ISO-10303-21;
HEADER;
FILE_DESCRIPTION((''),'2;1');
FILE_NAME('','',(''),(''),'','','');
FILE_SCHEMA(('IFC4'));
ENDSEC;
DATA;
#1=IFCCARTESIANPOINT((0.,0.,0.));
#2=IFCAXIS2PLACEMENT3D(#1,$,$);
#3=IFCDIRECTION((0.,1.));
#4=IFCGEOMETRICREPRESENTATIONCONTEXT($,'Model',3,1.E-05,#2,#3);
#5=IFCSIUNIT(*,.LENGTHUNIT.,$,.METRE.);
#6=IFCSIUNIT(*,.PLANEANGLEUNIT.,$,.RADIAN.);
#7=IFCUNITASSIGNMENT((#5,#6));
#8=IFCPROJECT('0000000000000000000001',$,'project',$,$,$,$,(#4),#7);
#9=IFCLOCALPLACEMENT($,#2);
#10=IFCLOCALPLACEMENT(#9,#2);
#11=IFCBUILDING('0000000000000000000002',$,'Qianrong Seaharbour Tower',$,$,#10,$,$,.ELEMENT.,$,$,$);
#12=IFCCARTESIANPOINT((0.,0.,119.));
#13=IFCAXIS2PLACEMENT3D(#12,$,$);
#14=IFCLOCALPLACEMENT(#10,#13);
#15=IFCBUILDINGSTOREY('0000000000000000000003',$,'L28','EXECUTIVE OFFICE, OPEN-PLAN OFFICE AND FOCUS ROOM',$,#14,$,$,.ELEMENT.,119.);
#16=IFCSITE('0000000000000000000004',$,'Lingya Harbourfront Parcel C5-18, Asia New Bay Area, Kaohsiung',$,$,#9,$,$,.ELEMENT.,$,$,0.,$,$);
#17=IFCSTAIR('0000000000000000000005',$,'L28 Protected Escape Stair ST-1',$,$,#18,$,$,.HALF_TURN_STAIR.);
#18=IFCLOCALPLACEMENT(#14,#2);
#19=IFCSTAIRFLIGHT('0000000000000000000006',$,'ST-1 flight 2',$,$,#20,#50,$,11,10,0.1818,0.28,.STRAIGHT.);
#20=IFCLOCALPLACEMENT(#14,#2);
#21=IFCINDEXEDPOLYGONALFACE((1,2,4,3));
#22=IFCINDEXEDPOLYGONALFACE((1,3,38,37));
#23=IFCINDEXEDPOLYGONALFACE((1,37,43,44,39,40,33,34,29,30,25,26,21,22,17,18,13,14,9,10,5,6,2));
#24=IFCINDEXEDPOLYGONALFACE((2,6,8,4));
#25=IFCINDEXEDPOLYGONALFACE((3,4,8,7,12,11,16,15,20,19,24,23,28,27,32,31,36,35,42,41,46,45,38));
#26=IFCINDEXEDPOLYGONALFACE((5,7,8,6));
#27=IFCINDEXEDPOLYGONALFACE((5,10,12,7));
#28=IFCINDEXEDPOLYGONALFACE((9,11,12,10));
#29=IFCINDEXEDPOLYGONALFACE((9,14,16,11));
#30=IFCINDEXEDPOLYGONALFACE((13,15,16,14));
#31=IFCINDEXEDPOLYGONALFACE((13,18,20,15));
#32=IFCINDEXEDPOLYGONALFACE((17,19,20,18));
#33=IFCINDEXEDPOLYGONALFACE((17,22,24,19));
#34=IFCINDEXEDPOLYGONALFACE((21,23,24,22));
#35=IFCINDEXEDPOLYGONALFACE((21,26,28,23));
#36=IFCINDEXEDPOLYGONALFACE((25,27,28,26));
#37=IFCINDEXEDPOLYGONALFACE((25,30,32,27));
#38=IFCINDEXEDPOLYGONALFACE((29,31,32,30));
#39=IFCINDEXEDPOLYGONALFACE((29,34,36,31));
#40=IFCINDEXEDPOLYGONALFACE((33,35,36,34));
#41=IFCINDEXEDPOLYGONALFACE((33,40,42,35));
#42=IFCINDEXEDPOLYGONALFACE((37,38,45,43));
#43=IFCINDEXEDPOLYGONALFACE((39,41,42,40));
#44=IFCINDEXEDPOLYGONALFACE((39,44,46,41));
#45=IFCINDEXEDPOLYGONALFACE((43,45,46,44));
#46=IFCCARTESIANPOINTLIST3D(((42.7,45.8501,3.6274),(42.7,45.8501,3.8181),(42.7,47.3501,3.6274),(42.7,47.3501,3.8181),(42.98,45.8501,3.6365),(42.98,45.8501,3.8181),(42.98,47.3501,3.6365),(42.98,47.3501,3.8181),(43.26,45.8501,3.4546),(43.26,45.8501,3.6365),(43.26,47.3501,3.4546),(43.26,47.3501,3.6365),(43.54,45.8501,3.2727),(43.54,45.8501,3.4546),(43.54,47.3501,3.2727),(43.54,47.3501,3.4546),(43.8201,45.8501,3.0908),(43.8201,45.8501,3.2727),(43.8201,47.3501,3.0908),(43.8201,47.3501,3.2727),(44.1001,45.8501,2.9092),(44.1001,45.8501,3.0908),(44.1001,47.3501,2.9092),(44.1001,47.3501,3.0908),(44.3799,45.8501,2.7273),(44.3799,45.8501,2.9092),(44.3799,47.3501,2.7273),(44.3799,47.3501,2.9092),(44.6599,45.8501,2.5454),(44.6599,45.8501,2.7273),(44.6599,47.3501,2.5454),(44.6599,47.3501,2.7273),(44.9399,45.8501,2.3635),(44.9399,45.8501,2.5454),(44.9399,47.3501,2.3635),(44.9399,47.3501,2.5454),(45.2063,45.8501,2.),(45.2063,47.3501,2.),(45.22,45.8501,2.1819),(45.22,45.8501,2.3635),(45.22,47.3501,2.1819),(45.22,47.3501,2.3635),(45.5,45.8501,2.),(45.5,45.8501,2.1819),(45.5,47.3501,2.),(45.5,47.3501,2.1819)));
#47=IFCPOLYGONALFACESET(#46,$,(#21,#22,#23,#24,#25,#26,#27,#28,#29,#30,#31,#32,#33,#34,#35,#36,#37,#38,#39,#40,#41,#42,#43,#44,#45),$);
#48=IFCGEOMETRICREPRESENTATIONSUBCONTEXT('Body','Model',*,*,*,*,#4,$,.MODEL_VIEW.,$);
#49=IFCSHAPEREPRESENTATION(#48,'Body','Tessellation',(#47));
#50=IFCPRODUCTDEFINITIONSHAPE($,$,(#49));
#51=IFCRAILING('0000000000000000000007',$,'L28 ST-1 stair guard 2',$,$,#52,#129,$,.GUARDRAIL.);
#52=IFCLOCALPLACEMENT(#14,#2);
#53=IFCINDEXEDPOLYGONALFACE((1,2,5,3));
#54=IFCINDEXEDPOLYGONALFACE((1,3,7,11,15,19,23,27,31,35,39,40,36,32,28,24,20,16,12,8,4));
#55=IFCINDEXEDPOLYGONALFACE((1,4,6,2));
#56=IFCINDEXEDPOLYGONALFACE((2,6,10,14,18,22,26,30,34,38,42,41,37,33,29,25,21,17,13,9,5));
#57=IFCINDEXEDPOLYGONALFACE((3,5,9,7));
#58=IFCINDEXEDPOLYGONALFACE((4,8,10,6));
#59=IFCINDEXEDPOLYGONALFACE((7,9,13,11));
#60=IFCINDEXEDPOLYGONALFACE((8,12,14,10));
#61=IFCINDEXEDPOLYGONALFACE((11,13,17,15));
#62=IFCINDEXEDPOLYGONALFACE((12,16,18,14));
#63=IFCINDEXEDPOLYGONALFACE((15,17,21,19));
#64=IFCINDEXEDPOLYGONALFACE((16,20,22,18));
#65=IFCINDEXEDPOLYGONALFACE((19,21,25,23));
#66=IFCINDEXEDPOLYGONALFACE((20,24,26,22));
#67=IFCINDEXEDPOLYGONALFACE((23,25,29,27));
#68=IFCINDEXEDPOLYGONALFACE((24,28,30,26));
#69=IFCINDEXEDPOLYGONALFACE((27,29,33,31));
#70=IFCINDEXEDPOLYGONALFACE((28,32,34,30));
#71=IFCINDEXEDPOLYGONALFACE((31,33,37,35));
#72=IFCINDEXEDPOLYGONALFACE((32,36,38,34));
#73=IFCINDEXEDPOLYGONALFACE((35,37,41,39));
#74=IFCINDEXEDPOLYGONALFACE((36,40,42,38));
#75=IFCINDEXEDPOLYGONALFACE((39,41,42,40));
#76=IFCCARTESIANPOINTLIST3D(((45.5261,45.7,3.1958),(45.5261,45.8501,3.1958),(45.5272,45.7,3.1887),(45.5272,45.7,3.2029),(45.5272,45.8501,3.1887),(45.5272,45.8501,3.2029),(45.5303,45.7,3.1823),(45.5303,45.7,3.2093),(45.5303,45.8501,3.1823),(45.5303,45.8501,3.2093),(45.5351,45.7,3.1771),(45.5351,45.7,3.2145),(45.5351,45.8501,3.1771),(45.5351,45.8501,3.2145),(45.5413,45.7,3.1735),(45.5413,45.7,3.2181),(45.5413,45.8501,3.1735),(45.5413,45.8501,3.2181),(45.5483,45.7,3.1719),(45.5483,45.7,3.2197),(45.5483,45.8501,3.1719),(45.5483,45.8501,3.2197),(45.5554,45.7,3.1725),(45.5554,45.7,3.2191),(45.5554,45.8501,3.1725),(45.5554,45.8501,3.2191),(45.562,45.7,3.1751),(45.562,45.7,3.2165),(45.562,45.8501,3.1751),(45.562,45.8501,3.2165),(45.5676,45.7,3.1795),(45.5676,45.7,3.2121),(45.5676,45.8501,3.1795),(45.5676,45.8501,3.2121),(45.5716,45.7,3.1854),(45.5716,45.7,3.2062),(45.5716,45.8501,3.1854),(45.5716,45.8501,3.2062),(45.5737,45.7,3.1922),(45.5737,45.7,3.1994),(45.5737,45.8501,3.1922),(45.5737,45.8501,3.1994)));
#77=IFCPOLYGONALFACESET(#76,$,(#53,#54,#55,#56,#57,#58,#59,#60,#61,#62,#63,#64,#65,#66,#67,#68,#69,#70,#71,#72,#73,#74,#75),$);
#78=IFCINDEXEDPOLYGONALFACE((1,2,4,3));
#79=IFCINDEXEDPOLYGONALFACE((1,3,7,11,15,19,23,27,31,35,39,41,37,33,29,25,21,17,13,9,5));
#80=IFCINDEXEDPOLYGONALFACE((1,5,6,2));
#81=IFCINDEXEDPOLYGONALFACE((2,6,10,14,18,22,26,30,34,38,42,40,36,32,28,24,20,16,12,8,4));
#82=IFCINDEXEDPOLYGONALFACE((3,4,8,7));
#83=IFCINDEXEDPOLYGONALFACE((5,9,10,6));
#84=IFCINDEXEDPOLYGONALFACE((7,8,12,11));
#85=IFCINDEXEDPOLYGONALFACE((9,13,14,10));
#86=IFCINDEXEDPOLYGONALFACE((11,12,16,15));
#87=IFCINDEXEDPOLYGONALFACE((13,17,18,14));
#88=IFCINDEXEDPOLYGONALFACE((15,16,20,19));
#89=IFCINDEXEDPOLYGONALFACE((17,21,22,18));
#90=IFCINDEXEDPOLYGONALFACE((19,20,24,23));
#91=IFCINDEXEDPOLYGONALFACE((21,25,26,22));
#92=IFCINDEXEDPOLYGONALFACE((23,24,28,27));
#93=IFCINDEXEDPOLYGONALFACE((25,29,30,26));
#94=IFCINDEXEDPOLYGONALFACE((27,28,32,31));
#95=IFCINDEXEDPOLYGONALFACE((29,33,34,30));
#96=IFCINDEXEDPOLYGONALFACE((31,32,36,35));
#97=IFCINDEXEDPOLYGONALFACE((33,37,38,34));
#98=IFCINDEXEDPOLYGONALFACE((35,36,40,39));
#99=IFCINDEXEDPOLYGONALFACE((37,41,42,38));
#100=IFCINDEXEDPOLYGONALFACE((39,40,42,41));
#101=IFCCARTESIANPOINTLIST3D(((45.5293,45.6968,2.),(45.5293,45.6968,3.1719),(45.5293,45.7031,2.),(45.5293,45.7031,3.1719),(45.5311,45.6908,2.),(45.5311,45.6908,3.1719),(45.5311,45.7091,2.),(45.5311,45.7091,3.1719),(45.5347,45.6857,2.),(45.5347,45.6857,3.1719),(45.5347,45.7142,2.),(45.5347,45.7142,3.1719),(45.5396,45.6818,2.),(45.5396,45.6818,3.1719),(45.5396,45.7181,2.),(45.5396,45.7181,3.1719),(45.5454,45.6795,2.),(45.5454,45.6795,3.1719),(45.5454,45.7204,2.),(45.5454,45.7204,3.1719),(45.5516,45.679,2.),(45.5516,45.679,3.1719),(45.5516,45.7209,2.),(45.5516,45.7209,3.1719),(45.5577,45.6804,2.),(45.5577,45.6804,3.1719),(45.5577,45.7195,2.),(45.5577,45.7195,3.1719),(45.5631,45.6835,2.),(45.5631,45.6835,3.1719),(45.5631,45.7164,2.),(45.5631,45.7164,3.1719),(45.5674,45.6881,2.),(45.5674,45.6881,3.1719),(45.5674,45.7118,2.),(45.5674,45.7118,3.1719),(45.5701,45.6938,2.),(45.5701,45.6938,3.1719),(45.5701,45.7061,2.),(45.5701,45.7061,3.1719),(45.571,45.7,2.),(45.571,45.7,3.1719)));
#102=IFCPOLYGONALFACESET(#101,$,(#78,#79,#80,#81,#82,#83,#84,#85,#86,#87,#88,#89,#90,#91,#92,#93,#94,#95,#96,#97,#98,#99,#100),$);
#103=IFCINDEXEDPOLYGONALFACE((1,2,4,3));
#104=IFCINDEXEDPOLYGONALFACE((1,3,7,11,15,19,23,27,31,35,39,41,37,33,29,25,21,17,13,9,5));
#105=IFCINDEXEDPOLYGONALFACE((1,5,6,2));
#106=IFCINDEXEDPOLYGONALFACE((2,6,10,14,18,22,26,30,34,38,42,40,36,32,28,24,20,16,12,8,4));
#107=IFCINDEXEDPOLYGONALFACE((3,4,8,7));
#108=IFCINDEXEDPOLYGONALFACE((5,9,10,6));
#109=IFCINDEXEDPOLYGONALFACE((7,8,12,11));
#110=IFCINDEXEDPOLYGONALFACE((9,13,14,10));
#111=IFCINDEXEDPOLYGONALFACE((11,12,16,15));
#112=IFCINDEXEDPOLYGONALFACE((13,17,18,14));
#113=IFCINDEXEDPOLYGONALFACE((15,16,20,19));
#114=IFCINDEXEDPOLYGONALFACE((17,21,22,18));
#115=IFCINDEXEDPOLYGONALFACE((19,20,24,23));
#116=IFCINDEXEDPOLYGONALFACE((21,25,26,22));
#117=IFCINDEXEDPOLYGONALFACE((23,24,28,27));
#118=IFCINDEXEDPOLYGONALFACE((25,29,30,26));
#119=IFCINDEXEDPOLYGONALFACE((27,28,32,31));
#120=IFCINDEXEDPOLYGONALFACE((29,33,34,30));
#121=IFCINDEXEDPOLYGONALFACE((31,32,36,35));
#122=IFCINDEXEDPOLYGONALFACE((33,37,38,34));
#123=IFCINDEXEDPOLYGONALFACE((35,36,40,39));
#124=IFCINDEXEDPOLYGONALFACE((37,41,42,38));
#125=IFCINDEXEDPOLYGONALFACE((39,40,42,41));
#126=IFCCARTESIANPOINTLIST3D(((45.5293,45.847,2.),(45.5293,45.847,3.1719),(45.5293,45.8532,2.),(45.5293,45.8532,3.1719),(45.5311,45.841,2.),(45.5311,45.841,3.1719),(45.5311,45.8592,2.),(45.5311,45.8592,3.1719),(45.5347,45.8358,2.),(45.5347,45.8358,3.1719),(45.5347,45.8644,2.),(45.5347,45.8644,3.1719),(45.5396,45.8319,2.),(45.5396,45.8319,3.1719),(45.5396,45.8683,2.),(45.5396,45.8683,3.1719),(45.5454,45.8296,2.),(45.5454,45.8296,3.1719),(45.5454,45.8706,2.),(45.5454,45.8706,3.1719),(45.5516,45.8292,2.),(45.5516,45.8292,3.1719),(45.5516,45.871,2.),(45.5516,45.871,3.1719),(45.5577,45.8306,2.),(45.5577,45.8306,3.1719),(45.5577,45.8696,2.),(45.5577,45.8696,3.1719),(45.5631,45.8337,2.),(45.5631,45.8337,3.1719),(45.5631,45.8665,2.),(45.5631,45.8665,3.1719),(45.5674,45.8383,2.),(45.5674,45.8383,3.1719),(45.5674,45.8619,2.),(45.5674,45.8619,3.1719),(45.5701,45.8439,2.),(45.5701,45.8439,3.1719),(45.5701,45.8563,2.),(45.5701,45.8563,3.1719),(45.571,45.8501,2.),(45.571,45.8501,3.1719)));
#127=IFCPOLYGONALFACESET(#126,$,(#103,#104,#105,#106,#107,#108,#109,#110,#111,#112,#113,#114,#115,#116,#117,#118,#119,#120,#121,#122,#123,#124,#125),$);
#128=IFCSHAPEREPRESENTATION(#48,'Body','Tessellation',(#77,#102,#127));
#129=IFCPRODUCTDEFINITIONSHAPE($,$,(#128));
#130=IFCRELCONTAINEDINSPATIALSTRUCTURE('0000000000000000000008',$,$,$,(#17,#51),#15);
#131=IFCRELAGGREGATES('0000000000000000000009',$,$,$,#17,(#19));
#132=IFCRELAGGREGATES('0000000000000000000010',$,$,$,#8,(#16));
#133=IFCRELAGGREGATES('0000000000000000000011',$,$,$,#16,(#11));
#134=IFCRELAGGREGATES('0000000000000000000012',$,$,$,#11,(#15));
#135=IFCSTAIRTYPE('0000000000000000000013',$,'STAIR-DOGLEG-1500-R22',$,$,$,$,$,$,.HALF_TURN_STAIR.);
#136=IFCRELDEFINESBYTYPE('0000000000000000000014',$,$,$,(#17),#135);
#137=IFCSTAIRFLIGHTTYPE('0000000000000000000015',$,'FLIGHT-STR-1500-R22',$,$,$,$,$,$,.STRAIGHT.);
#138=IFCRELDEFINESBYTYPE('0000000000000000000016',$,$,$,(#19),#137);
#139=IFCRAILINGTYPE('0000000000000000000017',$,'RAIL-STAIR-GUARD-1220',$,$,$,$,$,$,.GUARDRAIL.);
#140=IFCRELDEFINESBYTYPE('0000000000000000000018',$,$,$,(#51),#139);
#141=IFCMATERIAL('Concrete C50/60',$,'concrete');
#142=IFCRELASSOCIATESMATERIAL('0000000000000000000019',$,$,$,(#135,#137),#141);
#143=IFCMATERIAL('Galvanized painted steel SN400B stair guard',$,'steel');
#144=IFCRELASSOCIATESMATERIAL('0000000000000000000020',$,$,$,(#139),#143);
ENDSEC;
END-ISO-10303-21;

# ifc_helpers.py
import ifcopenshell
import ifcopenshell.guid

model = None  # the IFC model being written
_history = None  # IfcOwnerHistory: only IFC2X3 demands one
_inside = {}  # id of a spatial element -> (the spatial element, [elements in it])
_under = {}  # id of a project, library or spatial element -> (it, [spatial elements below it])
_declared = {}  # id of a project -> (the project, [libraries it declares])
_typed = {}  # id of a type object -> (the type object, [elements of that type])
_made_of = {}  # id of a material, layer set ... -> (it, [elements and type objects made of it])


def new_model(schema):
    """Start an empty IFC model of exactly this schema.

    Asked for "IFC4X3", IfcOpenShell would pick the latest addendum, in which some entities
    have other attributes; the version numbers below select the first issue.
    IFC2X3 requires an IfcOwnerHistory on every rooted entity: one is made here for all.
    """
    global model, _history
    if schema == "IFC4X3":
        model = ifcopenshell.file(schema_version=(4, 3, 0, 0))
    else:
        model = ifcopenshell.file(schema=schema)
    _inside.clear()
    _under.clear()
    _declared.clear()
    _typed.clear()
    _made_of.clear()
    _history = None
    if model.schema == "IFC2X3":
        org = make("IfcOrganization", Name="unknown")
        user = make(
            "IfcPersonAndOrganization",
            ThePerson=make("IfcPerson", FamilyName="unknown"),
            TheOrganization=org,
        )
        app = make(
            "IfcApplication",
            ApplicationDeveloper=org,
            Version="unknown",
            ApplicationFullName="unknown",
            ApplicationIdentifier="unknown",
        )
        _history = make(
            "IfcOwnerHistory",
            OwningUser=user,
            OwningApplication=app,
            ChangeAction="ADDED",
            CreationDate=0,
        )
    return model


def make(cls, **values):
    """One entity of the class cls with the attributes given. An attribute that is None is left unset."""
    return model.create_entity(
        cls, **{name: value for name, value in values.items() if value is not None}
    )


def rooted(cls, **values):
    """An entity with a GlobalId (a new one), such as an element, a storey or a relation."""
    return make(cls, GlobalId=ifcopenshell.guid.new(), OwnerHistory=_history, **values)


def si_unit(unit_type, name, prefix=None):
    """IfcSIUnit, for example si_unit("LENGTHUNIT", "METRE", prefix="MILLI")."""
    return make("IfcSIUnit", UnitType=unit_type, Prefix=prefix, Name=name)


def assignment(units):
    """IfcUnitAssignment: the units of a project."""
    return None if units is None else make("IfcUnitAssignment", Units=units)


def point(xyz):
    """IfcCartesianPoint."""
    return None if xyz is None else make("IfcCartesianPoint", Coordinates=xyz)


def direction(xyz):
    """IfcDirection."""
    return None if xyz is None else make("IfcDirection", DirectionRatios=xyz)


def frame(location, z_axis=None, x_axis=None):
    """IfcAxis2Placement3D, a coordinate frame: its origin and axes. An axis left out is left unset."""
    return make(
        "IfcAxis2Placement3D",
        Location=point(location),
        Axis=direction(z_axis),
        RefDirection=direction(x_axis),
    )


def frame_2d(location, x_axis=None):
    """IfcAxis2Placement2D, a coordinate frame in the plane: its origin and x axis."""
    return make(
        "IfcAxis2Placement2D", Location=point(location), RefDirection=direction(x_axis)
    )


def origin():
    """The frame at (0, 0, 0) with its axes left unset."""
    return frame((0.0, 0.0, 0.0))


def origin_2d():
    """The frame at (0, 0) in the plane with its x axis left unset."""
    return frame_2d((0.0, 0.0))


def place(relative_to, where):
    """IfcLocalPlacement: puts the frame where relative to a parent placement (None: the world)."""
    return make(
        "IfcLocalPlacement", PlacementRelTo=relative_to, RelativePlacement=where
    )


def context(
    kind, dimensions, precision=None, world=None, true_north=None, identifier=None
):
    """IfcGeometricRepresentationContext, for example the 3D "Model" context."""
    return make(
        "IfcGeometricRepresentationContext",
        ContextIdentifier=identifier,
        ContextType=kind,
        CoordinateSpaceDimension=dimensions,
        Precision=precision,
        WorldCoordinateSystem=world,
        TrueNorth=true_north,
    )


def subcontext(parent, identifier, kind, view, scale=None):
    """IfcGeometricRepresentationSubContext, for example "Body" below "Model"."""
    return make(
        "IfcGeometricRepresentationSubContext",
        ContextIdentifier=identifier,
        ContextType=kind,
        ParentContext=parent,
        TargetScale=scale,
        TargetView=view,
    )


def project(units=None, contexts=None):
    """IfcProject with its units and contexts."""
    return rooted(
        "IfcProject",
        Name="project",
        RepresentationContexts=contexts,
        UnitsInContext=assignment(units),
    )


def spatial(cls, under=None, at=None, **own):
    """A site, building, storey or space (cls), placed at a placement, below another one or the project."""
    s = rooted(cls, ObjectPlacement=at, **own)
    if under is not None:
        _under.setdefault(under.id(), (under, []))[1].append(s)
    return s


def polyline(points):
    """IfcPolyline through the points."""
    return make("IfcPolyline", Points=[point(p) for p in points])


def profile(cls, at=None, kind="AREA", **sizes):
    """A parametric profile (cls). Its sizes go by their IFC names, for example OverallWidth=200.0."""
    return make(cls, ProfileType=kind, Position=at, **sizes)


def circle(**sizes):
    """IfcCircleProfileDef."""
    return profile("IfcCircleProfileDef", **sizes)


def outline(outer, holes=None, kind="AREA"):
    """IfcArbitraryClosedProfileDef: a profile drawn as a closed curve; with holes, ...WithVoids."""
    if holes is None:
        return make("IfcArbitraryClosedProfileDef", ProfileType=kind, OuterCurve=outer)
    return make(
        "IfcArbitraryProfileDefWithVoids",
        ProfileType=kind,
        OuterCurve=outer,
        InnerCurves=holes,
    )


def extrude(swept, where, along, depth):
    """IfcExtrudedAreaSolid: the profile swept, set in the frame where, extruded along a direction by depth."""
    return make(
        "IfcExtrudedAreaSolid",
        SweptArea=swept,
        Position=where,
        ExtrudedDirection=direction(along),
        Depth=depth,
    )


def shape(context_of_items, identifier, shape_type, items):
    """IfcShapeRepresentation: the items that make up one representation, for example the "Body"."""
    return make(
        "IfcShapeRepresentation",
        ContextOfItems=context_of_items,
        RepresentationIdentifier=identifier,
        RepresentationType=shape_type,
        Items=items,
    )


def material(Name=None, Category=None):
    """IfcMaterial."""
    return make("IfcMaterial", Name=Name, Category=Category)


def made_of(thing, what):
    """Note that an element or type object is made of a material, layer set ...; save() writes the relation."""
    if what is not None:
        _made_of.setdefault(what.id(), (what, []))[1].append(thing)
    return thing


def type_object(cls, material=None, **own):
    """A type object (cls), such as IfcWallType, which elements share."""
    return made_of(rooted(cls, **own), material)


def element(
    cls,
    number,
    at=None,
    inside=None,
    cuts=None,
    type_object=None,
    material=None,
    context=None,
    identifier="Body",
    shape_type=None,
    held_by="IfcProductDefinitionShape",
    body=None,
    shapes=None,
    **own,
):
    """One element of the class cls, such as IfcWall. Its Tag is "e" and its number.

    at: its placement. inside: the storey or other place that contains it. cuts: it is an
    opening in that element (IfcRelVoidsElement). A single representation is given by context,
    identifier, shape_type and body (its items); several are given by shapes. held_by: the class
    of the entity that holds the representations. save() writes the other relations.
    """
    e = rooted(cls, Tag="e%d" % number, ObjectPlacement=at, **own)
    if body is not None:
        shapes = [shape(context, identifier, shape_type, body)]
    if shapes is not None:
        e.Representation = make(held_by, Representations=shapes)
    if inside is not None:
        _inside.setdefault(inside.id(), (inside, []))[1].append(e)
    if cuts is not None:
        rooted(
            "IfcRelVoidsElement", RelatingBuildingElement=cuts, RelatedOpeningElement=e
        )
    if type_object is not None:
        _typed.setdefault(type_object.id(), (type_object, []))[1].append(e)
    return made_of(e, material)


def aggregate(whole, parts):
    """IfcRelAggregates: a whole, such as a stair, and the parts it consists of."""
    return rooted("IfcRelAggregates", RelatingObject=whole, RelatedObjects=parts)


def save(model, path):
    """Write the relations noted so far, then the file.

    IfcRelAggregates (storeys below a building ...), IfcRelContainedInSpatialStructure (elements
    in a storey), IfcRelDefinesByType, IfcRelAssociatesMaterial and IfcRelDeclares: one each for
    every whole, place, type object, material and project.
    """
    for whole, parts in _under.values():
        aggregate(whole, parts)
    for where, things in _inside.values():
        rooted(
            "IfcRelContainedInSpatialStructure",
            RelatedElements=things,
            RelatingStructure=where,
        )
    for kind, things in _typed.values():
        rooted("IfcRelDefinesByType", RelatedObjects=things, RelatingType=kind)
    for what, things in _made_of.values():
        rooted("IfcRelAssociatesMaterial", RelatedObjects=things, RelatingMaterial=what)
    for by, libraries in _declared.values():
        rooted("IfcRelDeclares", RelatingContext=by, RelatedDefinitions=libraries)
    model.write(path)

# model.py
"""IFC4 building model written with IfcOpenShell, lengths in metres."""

from ifc_helpers import new_model, si_unit, direction, frame, origin, origin_2d, place, context, subcontext, project, spatial, polyline, circle, outline, extrude, material, type_object, element, aggregate, save


model = new_model("IFC4")

# Units and contexts
model_context = context("Model", 3, precision=1e-05, world=origin(), true_north=direction((0.0, 1.0)))
body_context = subcontext(model_context, "Body", "Model", "MODEL_VIEW")
ifc_project = project(units=[si_unit("LENGTHUNIT", "METRE"), si_unit("PLANEANGLEUNIT", "RADIAN")], contexts=[model_context])

# Site, building, storey
site_placement = place(None, origin())
site = spatial("IfcSite", under=ifc_project, at=site_placement, Name="Lingya Harbourfront Parcel C5-18, Asia New Bay Area, Kaohsiung", CompositionType="ELEMENT", RefElevation=0.0)
building_placement = place(site_placement, origin())
building = spatial("IfcBuilding", under=site, at=building_placement, Name="Qianrong Seaharbour Tower", CompositionType="ELEMENT")
storey_placement = place(building_placement, frame((0.0, 0.0, 119.0)))
storey = spatial("IfcBuildingStorey", under=building, at=storey_placement, Name="L28", Description="EXECUTIVE OFFICE, OPEN-PLAN OFFICE AND FOCUS ROOM", CompositionType="ELEMENT", Elevation=119.0)

# Shared definitions
ifc_material_1 = material(Name="Concrete C50/60", Category="concrete")

# Stair, stair flight
stair_type = type_object("IfcStairType", Name="STAIR-DOGLEG-1500-R22", PredefinedType="HALF_TURN_STAIR", material=ifc_material_1)
stair_placement = place(storey_placement, origin())
stair = element("IfcStair", 1, at=stair_placement, inside=storey, type_object=stair_type, Name="L28 Protected Escape Stair ST-1", PredefinedType="HALF_TURN_STAIR")
stair_flight_type = type_object("IfcStairFlightType", Name="FLIGHT-STR-1500-R22", PredefinedType="STRAIGHT", material=ifc_material_1)
stair_flight_placement = place(storey_placement, frame((45.5, 46.6001, 2.0), z_axis=(0.0, 0.0, 1.0), x_axis=(-1.0, 0.0, 0.0)))
stair_flight = element("IfcStairFlight", 2, at=stair_flight_placement, type_object=stair_flight_type, Name="ST-1 flight 2", NumberOfRisers=11, NumberOfTreads=10, PredefinedType="STRAIGHT", RiserHeight=0.1818, TreadLength=0.28, context=body_context, shape_type="SweptSolid", body=[
    extrude(outline(polyline([(0.0, 0.0), (0.0, 0.1819), (0.28, 0.1819), (0.28, 0.3635), (0.5601, 0.3635), (0.5601, 0.5454), (0.8401, 0.5454), (0.8401, 0.7273), (1.1201, 0.7273), (1.1201, 0.9092), (1.3999, 0.9092), (1.3999, 1.0908), (1.6799, 1.0908), (1.6799, 1.2727), (1.96, 1.2727), (1.96, 1.4546), (2.24, 1.4546), (2.24, 1.6365), (2.52, 1.6365), (2.52, 1.8181), (2.8, 1.8181), (2.8, 2.0), (2.8, 1.6274), (0.2937, 0.0), (0.0, 0.0)])), frame((0.0, 0.75, 0.0), z_axis=(0.0, -1.0, 0.0), x_axis=(1.0, 0.0, 0.0)), (0.0, 0.0, 1.0), 1.5),
])
aggregate(stair, [stair_flight])

# Railing
ifc_material_2 = material(Name="Galvanized painted steel SN400B stair guard", Category="steel")
railing_type_1 = type_object("IfcRailingType", Name="RAIL-STAIR-GUARD-1220", PredefinedType="GUARDRAIL", material=ifc_material_2)
railing_1_placement = place(storey_placement, frame((45.55, 45.7, 2.0)))
element("IfcRailing", 3, at=railing_1_placement, inside=storey, type_object=railing_type_1, Name="L28 ST-1 stair guard 2", PredefinedType="GUARDRAIL", context=body_context, shape_type="SweptSolid", body=[
    extrude(circle(Radius=0.0239, at=origin_2d()), frame((0.0, 0.0, 1.1958), z_axis=(0.0, 1.0, 0.0), x_axis=(-1.0, 0.0, 0.0)), (0.0, 0.0, 1.0), 0.1501),
    extrude(circle(Radius=0.021, at=origin_2d()), origin(), (0.0, 0.0, 1.0), 1.1719),
    extrude(circle(Radius=0.021, at=origin_2d()), frame((0.0, 0.1501, 0.0)), (0.0, 0.0, 1.0), 1.1719),
])

save(model, "model.ifc")
